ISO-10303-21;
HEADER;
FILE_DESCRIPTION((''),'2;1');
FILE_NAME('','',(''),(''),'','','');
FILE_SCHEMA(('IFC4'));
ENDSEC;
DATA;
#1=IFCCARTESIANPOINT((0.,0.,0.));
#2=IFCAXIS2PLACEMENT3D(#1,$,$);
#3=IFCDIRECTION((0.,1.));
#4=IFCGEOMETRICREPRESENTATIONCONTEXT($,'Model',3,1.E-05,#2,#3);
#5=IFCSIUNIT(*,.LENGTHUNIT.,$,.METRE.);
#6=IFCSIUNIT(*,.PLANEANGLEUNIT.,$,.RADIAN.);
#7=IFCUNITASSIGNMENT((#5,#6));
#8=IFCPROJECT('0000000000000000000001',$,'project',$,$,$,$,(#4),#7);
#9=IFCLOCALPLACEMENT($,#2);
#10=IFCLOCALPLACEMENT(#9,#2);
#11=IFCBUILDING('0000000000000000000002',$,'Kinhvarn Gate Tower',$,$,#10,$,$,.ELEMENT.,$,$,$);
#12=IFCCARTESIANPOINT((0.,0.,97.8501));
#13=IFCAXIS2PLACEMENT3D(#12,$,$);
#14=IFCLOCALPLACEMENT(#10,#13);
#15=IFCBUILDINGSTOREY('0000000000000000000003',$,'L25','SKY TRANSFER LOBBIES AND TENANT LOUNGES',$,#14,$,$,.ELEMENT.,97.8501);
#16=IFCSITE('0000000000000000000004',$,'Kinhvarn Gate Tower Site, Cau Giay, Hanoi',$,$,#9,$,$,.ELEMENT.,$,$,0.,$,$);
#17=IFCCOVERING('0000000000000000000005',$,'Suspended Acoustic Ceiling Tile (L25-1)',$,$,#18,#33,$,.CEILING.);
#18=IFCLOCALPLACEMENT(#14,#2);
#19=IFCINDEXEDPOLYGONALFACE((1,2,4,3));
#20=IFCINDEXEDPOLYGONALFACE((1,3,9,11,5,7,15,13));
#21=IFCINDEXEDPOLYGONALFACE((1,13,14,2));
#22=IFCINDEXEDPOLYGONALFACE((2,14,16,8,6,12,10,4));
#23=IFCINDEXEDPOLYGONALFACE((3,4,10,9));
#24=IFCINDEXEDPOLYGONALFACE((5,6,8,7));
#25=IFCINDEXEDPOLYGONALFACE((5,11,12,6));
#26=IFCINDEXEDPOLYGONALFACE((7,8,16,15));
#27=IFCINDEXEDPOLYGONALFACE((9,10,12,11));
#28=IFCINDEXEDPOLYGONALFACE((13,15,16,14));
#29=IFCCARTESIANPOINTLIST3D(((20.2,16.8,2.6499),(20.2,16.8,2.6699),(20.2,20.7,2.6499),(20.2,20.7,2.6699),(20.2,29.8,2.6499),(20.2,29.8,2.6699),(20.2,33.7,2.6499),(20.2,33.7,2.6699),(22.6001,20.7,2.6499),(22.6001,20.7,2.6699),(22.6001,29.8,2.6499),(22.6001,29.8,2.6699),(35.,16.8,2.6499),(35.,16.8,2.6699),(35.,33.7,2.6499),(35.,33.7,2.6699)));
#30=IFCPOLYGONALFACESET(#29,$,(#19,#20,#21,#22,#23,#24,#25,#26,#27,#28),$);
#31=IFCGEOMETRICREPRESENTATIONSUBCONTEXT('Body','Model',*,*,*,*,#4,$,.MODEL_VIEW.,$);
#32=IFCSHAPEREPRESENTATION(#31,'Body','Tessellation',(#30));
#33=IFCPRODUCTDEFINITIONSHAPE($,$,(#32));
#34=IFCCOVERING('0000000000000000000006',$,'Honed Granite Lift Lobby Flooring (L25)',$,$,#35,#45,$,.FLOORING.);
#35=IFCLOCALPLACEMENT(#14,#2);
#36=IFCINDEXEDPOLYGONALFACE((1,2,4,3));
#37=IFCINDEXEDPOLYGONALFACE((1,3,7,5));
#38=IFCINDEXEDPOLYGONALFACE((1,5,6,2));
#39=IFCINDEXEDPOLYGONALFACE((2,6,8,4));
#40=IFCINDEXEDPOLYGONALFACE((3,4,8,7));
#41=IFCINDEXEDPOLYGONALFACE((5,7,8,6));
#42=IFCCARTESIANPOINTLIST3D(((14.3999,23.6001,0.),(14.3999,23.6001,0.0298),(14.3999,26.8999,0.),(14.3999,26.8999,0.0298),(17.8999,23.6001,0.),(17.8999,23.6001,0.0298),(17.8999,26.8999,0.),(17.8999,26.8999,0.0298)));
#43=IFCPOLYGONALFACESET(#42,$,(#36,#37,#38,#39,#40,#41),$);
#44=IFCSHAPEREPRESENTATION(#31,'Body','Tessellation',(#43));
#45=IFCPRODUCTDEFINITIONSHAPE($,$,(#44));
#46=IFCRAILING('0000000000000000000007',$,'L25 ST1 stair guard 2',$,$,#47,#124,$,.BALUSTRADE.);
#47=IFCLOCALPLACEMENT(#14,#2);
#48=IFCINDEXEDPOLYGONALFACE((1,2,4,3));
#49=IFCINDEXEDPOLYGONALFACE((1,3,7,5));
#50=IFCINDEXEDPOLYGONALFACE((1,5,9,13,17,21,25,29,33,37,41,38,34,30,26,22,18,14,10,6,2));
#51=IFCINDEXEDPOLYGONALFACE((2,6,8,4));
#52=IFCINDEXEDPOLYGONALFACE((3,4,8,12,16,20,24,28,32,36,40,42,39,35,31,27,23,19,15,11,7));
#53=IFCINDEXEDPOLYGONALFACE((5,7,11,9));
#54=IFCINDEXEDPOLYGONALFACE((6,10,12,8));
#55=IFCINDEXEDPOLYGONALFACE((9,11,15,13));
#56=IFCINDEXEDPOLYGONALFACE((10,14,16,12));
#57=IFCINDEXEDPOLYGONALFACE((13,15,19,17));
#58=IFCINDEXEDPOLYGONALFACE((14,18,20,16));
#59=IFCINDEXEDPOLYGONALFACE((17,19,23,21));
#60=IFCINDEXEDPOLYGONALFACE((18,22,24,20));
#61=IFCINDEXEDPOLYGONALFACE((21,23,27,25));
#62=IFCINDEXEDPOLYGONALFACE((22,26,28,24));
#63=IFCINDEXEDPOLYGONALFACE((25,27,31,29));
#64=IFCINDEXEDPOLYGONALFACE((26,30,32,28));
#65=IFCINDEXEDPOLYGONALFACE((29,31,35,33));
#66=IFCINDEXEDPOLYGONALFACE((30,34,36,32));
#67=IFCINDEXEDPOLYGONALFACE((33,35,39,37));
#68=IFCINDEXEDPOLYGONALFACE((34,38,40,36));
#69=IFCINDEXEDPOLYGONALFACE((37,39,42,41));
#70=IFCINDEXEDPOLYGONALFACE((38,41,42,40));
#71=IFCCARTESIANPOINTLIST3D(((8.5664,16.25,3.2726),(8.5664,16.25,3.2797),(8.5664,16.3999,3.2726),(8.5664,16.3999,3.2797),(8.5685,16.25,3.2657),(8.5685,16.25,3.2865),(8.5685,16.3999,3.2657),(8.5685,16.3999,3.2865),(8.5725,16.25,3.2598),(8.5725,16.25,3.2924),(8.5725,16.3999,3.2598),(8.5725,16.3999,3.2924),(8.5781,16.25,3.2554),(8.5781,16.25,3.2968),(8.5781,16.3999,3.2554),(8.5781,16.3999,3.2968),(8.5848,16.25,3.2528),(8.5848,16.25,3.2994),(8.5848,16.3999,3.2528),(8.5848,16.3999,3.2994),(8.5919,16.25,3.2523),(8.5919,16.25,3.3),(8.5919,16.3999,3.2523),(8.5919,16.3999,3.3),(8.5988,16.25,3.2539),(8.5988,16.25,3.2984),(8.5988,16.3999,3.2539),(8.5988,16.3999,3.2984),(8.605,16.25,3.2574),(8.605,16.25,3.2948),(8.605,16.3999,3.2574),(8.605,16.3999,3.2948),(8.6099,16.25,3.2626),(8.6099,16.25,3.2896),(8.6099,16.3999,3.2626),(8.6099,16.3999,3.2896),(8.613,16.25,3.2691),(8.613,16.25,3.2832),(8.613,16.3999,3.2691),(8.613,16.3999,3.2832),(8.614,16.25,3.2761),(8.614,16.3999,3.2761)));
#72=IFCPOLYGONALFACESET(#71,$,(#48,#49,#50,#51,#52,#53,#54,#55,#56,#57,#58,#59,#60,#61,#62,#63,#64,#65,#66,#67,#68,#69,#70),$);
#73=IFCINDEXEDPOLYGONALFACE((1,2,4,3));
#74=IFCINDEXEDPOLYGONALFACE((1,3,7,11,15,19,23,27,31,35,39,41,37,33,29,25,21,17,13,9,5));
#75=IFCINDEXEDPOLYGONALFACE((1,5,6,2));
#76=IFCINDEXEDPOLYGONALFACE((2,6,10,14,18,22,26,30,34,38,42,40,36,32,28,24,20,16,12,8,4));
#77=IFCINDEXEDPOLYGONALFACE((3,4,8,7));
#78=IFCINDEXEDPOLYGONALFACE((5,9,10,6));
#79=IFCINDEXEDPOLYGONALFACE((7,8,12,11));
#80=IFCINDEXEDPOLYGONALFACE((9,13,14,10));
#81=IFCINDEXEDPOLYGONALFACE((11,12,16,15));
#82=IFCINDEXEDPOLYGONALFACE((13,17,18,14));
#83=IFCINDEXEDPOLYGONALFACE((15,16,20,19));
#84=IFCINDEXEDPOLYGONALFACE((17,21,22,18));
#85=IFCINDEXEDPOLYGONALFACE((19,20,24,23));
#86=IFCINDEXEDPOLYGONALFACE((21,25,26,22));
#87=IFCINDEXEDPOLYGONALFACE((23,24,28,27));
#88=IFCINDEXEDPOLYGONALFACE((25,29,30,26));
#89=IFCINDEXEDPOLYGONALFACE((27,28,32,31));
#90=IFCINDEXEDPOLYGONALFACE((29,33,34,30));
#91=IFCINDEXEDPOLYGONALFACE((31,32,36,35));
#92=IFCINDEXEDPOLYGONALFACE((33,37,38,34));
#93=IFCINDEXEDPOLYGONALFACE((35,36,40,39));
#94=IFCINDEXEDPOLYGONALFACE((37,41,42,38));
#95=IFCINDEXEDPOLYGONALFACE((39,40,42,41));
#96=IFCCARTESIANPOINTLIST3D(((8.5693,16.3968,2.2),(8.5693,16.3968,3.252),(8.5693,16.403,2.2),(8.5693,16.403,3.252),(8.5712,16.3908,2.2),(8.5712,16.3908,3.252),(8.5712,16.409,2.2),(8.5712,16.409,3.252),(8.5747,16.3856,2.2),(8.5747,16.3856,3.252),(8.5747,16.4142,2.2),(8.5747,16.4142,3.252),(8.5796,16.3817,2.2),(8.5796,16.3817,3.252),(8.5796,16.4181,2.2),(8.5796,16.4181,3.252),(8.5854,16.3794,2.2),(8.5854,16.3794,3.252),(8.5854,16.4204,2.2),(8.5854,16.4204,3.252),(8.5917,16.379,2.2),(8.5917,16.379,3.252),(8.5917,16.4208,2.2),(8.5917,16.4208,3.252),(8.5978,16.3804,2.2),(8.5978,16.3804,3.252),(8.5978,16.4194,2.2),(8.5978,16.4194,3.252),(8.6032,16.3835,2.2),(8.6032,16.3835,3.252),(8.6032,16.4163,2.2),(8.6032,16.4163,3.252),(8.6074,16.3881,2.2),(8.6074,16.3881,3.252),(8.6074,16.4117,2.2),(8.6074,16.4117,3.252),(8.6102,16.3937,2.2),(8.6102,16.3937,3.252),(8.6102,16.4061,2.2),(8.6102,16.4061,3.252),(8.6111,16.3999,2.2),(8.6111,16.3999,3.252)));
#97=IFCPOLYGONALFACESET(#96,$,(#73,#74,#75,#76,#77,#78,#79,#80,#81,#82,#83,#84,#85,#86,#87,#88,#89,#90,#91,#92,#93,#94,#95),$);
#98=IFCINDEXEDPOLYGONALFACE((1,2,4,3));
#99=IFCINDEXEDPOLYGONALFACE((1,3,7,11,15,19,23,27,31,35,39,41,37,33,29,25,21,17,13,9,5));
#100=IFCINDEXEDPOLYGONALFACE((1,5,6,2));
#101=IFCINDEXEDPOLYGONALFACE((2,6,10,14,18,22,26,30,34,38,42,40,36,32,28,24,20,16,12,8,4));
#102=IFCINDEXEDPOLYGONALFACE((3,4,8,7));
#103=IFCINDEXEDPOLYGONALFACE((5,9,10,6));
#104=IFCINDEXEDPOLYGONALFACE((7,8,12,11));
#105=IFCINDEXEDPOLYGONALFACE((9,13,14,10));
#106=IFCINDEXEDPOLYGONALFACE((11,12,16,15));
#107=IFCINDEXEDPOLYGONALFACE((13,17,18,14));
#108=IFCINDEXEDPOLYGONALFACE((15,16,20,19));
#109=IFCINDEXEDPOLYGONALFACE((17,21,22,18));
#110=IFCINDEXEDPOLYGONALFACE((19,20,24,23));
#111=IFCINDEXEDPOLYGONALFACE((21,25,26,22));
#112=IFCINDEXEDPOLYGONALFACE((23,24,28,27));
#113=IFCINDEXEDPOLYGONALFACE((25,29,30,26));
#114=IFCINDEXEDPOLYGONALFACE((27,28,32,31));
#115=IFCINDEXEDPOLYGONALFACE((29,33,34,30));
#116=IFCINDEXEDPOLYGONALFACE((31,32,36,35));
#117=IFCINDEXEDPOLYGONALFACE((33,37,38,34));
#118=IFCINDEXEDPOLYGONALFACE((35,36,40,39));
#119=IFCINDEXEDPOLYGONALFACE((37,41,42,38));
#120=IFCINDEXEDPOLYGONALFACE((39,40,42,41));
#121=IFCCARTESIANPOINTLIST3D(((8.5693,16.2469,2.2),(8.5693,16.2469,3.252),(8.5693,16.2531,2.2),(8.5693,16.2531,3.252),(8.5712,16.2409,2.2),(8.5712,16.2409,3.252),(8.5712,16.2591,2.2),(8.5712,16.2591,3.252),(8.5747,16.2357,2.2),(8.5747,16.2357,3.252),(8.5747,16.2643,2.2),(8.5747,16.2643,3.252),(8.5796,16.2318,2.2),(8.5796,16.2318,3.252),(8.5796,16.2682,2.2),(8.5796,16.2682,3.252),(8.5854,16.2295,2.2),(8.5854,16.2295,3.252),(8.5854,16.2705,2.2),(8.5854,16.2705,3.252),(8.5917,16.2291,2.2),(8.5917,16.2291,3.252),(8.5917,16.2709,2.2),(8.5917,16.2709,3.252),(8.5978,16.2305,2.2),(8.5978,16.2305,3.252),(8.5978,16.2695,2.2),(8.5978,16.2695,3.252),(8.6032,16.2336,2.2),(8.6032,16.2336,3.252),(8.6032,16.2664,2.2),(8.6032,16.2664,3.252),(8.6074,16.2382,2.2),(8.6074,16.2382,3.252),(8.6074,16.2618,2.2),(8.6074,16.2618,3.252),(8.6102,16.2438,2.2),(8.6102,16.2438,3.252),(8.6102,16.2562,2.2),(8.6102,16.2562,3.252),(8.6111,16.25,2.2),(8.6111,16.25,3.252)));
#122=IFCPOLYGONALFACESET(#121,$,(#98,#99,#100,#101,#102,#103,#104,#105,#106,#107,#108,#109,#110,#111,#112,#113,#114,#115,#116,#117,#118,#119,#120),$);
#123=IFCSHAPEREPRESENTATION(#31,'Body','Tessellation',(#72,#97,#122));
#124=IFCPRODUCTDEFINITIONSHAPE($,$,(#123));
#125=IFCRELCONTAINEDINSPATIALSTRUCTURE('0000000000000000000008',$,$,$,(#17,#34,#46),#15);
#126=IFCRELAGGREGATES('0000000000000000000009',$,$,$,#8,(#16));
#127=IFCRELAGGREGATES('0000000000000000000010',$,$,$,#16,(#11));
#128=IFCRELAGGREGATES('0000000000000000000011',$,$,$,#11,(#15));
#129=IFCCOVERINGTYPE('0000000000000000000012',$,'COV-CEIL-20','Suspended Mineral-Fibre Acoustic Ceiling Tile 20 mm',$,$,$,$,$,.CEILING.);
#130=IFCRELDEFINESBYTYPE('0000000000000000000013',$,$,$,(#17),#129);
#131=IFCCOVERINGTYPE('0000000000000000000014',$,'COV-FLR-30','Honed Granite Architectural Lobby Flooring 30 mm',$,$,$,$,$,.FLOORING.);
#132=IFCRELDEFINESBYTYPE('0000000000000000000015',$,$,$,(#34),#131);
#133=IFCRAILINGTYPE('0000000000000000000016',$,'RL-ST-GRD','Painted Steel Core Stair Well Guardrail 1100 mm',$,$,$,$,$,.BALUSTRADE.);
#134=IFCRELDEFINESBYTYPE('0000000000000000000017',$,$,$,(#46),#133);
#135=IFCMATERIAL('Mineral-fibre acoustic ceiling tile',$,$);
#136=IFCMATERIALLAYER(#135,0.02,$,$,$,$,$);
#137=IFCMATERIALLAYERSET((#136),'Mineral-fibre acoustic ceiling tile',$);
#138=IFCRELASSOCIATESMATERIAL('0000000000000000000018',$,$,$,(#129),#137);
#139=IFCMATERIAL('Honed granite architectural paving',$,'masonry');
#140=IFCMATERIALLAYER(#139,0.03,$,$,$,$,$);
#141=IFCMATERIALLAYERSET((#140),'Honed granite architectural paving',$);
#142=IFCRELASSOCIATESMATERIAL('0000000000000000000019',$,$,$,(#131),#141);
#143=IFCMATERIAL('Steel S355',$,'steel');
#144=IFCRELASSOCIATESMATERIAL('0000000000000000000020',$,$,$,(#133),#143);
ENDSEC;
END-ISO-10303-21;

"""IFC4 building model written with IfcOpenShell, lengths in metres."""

from ifc_helpers import new_model, si_unit, direction, frame, origin, origin_2d, place, context, subcontext, project, spatial, polyline, circle, outline, extrude, material, layer, layer_set, type_object, element, save


model = new_model("IFC4")

# Units and contexts
model_context = context("Model", 3, precision=1e-05, world=origin(), true_north=direction((0.0, 1.0)))
body_context = subcontext(model_context, "Body", "Model", "MODEL_VIEW")
ifc_project = project(units=[si_unit("LENGTHUNIT", "METRE"), si_unit("PLANEANGLEUNIT", "RADIAN")], contexts=[model_context])

# Site, building, storey
site_placement = place(None, origin())
site = spatial("IfcSite", under=ifc_project, at=site_placement, Name="Kinhvarn Gate Tower Site, Cau Giay, Hanoi", CompositionType="ELEMENT", RefElevation=0.0)
building_placement = place(site_placement, origin())
building = spatial("IfcBuilding", under=site, at=building_placement, Name="Kinhvarn Gate Tower", CompositionType="ELEMENT")
storey_placement = place(building_placement, frame((0.0, 0.0, 97.8501)))
storey = spatial("IfcBuildingStorey", under=building, at=storey_placement, Name="L25", Description="SKY TRANSFER LOBBIES AND TENANT LOUNGES", CompositionType="ELEMENT", Elevation=97.8501)

# Shared definitions
ifc_material_1 = material(Name="Steel S355", Category="steel")

# Coverings
ifc_material_2 = material(Name="Mineral-fibre acoustic ceiling tile")
ifc_layer_1 = layer(ifc_material_2, 0.02)
ifc_layer_set_1 = layer_set([ifc_layer_1], Name="Mineral-fibre acoustic ceiling tile")
covering_type_1 = type_object("IfcCoveringType", Name="COV-CEIL-20", Description="Suspended Mineral-Fibre Acoustic Ceiling Tile 20 mm", PredefinedType="CEILING", material=ifc_layer_set_1)
covering_1_placement = place(storey_placement, frame((0.0, 0.0, 2.6499)))
element("IfcCovering", 1, at=covering_1_placement, inside=storey, type_object=covering_type_1, Name="Suspended Acoustic Ceiling Tile (L25-1)", PredefinedType="CEILING", context=body_context, shape_type="SweptSolid", body=[
    extrude(outline(polyline([(35.0, 33.7), (35.0, 16.8), (20.2, 16.8), (20.2, 20.7), (22.6001, 20.7), (22.6001, 29.8), (20.2, 29.8), (20.2, 33.7), (35.0, 33.7)])), origin(), (0.0, 0.0, 1.0), 0.02),
])
ifc_material_3 = material(Name="Honed granite architectural paving", Category="masonry")
ifc_layer_2 = layer(ifc_material_3, 0.03)
ifc_layer_set_2 = layer_set([ifc_layer_2], Name="Honed granite architectural paving")
covering_type_2 = type_object("IfcCoveringType", Name="COV-FLR-30", Description="Honed Granite Architectural Lobby Flooring 30 mm", PredefinedType="FLOORING", material=ifc_layer_set_2)
covering_2_placement = place(storey_placement, origin())
element("IfcCovering", 2, at=covering_2_placement, inside=storey, type_object=covering_type_2, Name="Honed Granite Lift Lobby Flooring (L25)", PredefinedType="FLOORING", context=body_context, shape_type="SweptSolid", body=[
    extrude(outline(polyline([(14.3999, 23.6001), (14.3999, 26.8999), (17.8999, 26.8999), (17.8999, 23.6001), (14.3999, 23.6001)])), origin(), (0.0, 0.0, 1.0), 0.0298),
])

# Railing
railing_type_1 = type_object("IfcRailingType", Name="RL-ST-GRD", Description="Painted Steel Core Stair Well Guardrail 1100 mm", PredefinedType="BALUSTRADE", material=ifc_material_1)
railing_1_placement = place(storey_placement, frame((8.5901, 16.3999, 2.2)))
element("IfcRailing", 3, at=railing_1_placement, inside=storey, type_object=railing_type_1, Name="L25 ST1 stair guard 2", PredefinedType="BALUSTRADE", context=body_context, shape_type="SweptSolid", body=[
    extrude(circle(Radius=0.0239, at=origin_2d()), frame((0.0, 0.0, 1.0762), z_axis=(0.0, -1.0, 0.0), x_axis=(1.0, 0.0, 0.0)), (0.0, 0.0, 1.0), 0.1499),
    extrude(circle(Radius=0.021, at=origin_2d()), origin(), (0.0, 0.0, 1.0), 1.052),
    extrude(circle(Radius=0.021, at=origin_2d()), frame((0.0, -0.1499, 0.0)), (0.0, 0.0, 1.0), 1.052),
])

save(model, "model.ifc")
